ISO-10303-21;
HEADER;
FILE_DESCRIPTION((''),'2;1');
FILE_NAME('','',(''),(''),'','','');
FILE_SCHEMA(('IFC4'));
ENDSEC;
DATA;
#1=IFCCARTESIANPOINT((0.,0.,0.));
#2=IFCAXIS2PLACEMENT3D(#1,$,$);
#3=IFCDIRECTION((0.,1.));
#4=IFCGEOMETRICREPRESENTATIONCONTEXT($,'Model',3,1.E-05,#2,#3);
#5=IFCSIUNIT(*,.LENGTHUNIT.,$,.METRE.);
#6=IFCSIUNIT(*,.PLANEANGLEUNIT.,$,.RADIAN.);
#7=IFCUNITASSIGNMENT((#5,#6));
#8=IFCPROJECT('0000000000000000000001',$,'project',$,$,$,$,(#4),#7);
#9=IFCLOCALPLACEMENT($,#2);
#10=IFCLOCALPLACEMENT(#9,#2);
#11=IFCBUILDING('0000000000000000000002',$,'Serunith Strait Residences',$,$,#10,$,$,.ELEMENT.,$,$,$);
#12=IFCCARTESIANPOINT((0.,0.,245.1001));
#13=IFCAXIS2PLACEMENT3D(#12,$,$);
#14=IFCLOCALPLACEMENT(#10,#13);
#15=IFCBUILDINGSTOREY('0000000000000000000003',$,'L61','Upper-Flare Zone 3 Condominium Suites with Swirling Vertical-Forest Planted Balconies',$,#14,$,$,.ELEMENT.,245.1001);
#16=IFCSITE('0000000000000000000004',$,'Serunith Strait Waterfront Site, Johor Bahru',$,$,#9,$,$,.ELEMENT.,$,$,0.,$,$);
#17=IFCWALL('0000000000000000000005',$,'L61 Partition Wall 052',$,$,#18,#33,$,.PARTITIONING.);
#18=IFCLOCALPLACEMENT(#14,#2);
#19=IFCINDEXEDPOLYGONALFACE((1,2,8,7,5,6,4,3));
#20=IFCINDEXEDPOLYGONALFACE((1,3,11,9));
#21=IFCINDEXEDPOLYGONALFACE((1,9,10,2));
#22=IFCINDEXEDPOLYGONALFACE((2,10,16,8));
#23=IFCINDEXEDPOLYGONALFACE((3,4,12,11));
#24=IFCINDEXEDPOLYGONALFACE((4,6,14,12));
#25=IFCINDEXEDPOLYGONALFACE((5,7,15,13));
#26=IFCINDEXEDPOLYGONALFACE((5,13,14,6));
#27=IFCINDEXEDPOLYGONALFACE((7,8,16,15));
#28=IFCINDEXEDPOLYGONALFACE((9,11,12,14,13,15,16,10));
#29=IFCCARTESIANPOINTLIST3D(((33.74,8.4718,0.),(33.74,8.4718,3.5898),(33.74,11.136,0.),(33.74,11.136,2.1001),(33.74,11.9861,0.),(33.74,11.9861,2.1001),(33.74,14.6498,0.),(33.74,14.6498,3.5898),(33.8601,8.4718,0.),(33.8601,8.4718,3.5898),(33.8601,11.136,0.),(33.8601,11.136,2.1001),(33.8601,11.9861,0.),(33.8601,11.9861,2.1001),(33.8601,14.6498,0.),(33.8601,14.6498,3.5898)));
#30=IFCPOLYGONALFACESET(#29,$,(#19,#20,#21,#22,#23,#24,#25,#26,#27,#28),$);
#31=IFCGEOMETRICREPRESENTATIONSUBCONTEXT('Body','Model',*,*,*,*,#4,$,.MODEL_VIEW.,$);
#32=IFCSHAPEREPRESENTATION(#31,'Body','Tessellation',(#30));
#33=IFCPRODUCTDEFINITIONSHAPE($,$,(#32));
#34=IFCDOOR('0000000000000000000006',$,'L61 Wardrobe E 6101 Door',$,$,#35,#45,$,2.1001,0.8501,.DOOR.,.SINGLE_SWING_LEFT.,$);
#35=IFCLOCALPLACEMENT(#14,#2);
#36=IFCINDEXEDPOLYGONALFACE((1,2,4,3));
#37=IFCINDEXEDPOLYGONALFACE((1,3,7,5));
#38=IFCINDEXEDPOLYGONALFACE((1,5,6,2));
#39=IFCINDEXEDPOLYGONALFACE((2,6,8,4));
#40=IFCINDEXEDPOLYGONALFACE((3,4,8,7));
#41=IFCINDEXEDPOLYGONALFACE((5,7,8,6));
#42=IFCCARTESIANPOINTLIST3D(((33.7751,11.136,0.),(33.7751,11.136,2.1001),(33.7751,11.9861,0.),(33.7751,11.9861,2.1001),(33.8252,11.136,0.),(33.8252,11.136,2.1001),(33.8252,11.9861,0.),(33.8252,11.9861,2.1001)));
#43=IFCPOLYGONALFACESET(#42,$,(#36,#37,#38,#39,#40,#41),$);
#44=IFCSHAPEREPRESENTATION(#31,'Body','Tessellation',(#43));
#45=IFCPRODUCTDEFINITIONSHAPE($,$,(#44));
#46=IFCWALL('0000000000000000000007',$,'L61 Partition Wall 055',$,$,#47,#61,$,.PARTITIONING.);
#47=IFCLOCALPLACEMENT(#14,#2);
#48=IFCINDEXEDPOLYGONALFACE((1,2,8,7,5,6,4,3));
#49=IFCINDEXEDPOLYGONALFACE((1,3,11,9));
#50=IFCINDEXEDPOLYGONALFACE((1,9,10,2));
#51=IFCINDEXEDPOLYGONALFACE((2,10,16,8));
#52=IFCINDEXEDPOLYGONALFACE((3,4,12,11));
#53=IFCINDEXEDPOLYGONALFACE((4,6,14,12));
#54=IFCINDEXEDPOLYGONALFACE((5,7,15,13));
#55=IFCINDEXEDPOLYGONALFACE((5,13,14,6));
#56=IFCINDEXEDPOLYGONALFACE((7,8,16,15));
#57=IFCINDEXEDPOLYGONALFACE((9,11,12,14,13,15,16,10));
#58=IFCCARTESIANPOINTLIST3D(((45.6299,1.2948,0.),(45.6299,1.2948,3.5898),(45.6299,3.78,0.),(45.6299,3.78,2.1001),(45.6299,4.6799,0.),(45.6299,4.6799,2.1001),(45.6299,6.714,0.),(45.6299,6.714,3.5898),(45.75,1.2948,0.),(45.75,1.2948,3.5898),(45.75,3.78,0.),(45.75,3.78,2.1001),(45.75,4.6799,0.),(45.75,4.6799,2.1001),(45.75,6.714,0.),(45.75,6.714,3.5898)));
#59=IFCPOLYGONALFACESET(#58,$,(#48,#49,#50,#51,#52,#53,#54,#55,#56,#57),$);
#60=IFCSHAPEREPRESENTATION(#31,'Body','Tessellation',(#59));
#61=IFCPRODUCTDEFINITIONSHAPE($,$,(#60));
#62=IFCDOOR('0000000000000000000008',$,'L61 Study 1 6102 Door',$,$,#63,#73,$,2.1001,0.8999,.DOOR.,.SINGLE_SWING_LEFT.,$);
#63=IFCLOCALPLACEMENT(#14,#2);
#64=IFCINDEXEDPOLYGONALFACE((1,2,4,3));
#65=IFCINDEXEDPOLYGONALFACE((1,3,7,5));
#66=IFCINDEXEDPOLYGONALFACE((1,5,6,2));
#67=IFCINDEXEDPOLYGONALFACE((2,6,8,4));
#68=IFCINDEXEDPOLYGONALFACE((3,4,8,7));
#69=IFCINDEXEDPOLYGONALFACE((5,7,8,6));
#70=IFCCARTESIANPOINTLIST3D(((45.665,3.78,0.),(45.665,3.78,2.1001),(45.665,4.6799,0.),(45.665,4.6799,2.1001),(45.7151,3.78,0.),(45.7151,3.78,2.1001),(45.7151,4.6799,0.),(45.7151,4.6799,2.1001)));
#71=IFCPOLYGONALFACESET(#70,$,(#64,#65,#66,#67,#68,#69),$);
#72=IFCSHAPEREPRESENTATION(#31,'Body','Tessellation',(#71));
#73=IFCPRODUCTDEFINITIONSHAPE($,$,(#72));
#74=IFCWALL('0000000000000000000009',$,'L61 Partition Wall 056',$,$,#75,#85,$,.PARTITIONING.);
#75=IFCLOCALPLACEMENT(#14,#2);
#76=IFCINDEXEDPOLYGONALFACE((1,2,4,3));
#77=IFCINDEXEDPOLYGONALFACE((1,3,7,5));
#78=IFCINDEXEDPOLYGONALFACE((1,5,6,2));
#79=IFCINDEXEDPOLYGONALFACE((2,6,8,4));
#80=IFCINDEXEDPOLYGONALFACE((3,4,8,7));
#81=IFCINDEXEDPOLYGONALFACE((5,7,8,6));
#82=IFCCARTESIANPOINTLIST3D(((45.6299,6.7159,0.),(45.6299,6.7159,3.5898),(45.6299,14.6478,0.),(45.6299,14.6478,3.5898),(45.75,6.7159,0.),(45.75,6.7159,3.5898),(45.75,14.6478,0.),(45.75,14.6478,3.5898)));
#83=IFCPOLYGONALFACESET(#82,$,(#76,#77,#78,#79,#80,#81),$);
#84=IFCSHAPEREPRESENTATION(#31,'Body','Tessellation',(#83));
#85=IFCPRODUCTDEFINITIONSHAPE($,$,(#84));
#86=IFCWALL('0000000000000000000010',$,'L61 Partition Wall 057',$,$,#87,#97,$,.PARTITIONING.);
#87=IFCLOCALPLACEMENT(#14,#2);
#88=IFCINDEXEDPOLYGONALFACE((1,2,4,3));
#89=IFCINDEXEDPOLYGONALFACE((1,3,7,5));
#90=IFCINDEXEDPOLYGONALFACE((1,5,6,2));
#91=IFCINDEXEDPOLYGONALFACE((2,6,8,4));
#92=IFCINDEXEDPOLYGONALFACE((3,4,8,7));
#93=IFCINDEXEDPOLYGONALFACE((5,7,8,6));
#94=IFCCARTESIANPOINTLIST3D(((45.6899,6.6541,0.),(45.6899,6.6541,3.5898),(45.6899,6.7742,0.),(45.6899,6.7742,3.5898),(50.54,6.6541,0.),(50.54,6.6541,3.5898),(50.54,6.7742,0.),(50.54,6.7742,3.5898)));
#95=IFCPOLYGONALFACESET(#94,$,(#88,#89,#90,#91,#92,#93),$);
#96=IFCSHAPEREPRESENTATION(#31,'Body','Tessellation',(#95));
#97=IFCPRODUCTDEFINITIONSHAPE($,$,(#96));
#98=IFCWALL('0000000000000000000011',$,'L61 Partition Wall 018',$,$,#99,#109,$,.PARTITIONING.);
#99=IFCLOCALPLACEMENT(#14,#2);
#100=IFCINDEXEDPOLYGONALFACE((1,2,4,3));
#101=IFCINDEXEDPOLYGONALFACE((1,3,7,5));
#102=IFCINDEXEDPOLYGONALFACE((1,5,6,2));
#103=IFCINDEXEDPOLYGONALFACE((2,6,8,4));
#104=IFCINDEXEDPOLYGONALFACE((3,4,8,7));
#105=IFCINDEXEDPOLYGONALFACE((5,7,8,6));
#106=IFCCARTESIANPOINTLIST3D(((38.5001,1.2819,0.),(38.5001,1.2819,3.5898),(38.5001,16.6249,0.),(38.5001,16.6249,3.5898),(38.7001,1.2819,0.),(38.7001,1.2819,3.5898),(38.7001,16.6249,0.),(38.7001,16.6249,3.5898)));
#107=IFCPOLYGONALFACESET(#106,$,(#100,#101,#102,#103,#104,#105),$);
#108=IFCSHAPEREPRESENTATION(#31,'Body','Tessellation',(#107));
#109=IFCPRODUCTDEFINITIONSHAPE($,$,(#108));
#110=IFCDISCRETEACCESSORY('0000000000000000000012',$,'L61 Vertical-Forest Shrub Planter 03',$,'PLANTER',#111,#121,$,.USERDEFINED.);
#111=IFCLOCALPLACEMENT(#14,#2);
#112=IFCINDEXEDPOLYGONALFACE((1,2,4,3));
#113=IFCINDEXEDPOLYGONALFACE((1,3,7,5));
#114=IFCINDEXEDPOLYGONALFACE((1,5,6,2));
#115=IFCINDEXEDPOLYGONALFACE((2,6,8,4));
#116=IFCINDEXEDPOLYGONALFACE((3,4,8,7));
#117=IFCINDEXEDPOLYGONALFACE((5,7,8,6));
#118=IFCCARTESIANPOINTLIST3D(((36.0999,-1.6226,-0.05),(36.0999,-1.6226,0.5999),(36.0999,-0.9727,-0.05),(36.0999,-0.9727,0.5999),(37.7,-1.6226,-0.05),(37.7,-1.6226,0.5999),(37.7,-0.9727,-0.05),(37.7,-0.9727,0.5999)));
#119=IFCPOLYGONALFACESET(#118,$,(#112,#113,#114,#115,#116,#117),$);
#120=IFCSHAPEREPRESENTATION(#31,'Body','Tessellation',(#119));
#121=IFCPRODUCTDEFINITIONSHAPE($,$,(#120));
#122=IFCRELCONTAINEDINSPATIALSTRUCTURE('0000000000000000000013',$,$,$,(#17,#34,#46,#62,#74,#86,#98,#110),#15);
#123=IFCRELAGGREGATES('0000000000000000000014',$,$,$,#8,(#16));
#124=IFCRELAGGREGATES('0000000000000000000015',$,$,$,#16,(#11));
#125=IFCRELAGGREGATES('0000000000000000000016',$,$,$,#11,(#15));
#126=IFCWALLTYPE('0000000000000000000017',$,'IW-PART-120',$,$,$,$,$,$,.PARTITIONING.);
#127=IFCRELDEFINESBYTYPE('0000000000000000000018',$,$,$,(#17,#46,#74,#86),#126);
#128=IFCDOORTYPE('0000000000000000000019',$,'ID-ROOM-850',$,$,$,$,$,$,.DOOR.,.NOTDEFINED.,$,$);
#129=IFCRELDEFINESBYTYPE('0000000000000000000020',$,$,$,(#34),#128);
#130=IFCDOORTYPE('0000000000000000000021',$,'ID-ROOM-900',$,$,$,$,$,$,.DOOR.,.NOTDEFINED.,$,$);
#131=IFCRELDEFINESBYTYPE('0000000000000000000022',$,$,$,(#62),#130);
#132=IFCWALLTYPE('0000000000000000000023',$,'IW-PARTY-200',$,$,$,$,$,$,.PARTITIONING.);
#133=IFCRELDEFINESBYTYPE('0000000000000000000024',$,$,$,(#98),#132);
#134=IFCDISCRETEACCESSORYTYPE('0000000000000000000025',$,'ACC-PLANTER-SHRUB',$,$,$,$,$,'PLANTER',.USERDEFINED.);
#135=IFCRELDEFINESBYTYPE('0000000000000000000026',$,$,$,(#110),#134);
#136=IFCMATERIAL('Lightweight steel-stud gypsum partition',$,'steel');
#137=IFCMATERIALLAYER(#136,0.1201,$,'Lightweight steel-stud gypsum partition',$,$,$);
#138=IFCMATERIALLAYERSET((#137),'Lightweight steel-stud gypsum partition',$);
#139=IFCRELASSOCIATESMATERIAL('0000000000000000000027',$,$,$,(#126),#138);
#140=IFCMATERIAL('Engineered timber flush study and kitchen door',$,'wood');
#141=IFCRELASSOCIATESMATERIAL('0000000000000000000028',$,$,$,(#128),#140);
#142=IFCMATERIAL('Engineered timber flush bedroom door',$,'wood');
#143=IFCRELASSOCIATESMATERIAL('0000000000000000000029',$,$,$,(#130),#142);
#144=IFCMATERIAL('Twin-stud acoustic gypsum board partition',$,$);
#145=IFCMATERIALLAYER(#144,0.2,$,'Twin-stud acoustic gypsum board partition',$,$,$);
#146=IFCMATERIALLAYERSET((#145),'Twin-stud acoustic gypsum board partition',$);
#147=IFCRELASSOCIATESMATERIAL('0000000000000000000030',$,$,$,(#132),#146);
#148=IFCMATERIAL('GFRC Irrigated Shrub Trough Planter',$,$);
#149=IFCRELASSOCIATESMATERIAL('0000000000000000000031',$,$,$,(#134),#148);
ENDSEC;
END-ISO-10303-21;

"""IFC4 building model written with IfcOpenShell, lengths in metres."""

from ifc_helpers import new_model, si_unit, direction, frame, frame_2d, origin, origin_2d, place, context, subcontext, project, spatial, rectangle, extrude, source, transform, mapped, material, layer, layer_set, type_object, element, fill, save


model = new_model("IFC4")

# Units and contexts
model_context = context("Model", 3, precision=1e-05, world=origin(), true_north=direction((0.0, 1.0)))
body_context = subcontext(model_context, "Body", "Model", "MODEL_VIEW")
ifc_project = project(units=[si_unit("LENGTHUNIT", "METRE"), si_unit("PLANEANGLEUNIT", "RADIAN")], contexts=[model_context])

# Site, building, storey
site_placement = place(None, origin())
site = spatial("IfcSite", under=ifc_project, at=site_placement, Name="Serunith Strait Waterfront Site, Johor Bahru", CompositionType="ELEMENT", RefElevation=0.0)
building_placement = place(site_placement, origin())
building = spatial("IfcBuilding", under=site, at=building_placement, Name="Serunith Strait Residences", CompositionType="ELEMENT")
storey_placement = place(building_placement, frame((0.0, 0.0, 245.1001)))
storey = spatial("IfcBuildingStorey", under=building, at=storey_placement, Name="L61", Description="Upper-Flare Zone 3 Condominium Suites with Swirling Vertical-Forest Planted Balconies", CompositionType="ELEMENT", Elevation=245.1001)

# Shared definitions
ifc_material_1 = material(Name="Lightweight steel-stud gypsum partition", Category="steel")
ifc_layer_1 = layer(ifc_material_1, 0.1201, Name="Lightweight steel-stud gypsum partition")
ifc_layer_set_1 = layer_set([ifc_layer_1], Name="Lightweight steel-stud gypsum partition")
wall_type_1 = type_object("IfcWallType", Name="IW-PART-120", PredefinedType="PARTITIONING", material=ifc_layer_set_1)

# Walls, openings, doors
shared_shape_1 = source(origin(), body_context, "Body", "SweptSolid", [
    extrude(rectangle(XDim=0.8501, YDim=2.1001, at=frame_2d((0.425, 1.05))), frame((0.0, 0.0249, 0.0), z_axis=(0.0, -1.0, 0.0), x_axis=(1.0, 0.0, 0.0)), (0.0, 0.0, 1.0), 0.05),
])
wall_1_placement = place(storey_placement, frame((33.8, 8.4719, 0.0), z_axis=(0.0, 0.0, 1.0), x_axis=(0.0, 1.0, 0.0)))
wall_1 = element("IfcWall", 1, at=wall_1_placement, inside=storey, type_object=wall_type_1, Name="L61 Partition Wall 052", PredefinedType="PARTITIONING", context=body_context, shape_type="SweptSolid", body=[
    extrude(rectangle(XDim=6.178, YDim=0.1201, at=frame_2d((3.0889, 0.0))), origin(), (0.0, 0.0, 1.0), 3.5898),
])
opening_1_placement = place(wall_1_placement, frame((2.6641, 0.0, 0.0)))
opening_1 = element("IfcOpeningElement", 2, at=opening_1_placement, cuts=wall_1, PredefinedType="OPENING", context=body_context, shape_type="SweptSolid", body=[
    extrude(rectangle(XDim=0.8501, YDim=2.1001, at=frame_2d((0.425, 1.05))), frame((0.0, 0.0701, 0.0), z_axis=(0.0, -1.0, 0.0), x_axis=(1.0, 0.0, 0.0)), (0.0, 0.0, 1.0), 0.1401),
])
ifc_material_2 = material(Name="Engineered timber flush study and kitchen door", Category="wood")
door_type_1 = type_object("IfcDoorType", Name="ID-ROOM-850", OperationType="NOTDEFINED", PredefinedType="DOOR", material=ifc_material_2)
door_1_placement = place(opening_1_placement, origin())
door_1 = element("IfcDoor", 3, at=door_1_placement, inside=storey, type_object=door_type_1, Name="L61 Wardrobe E 6101 Door", OperationType="SINGLE_SWING_LEFT", OverallHeight=2.1001, OverallWidth=0.8501, PredefinedType="DOOR", context=body_context, shape_type="MappedRepresentation", body=[
    mapped(shared_shape_1, transform((0.0, 0.0, 0.0), scale=1.0)),
])
fill(opening_1, door_1)
wall_2_placement = place(storey_placement, frame((45.6899, 1.2949, 0.0), z_axis=(0.0, 0.0, 1.0), x_axis=(0.0, 1.0, 0.0)))
wall_2 = element("IfcWall", 4, at=wall_2_placement, inside=storey, type_object=wall_type_1, Name="L61 Partition Wall 055", PredefinedType="PARTITIONING", context=body_context, shape_type="SweptSolid", body=[
    extrude(rectangle(XDim=5.4192, YDim=0.1201, at=frame_2d((2.7095, 0.0))), origin(), (0.0, 0.0, 1.0), 3.5898),
])
opening_2_placement = place(wall_2_placement, frame((2.4851, 0.0, 0.0)))
opening_2 = element("IfcOpeningElement", 5, at=opening_2_placement, cuts=wall_2, PredefinedType="OPENING", context=body_context, shape_type="SweptSolid", body=[
    extrude(rectangle(XDim=0.8999, YDim=2.1001, at=frame_2d((0.45, 1.05))), frame((0.0, 0.0701, 0.0), z_axis=(0.0, -1.0, 0.0), x_axis=(1.0, 0.0, 0.0)), (0.0, 0.0, 1.0), 0.1401),
])
ifc_material_3 = material(Name="Engineered timber flush bedroom door", Category="wood")
door_type_2 = type_object("IfcDoorType", Name="ID-ROOM-900", OperationType="NOTDEFINED", PredefinedType="DOOR", material=ifc_material_3)
shared_shape_2 = source(origin(), body_context, "Body", "SweptSolid", [
    extrude(rectangle(XDim=0.8999, YDim=2.1001, at=frame_2d((0.45, 1.05))), frame((0.0, 0.0249, 0.0), z_axis=(0.0, -1.0, 0.0), x_axis=(1.0, 0.0, 0.0)), (0.0, 0.0, 1.0), 0.05),
])
door_2_placement = place(opening_2_placement, origin())
door_2 = element("IfcDoor", 6, at=door_2_placement, inside=storey, type_object=door_type_2, Name="L61 Study 1 6102 Door", OperationType="SINGLE_SWING_LEFT", OverallHeight=2.1001, OverallWidth=0.8999, PredefinedType="DOOR", context=body_context, shape_type="MappedRepresentation", body=[
    mapped(shared_shape_2, transform((0.0, 0.0, 0.0), scale=1.0)),
])
fill(opening_2, door_2)

# Walls
wall_3_placement = place(storey_placement, frame((45.6899, 6.7161, 0.0), z_axis=(0.0, 0.0, 1.0), x_axis=(0.0, 1.0, 0.0)))
element("IfcWall", 7, at=wall_3_placement, inside=storey, type_object=wall_type_1, Name="L61 Partition Wall 056", PredefinedType="PARTITIONING", context=body_context, shape_type="SweptSolid", body=[
    extrude(rectangle(XDim=7.9319, YDim=0.1201, at=frame_2d((3.9658, 0.0))), origin(), (0.0, 0.0, 1.0), 3.5898),
])
wall_4_placement = place(storey_placement, frame((45.6899, 6.7141, 0.0), z_axis=(0.0, 0.0, 1.0), x_axis=(1.0, 0.0, 0.0)))
element("IfcWall", 8, at=wall_4_placement, inside=storey, type_object=wall_type_1, Name="L61 Partition Wall 057", PredefinedType="PARTITIONING", context=body_context, shape_type="SweptSolid", body=[
    extrude(rectangle(XDim=4.8501, YDim=0.1201, at=frame_2d((2.425, 0.0))), origin(), (0.0, 0.0, 1.0), 3.5898),
])
ifc_material_4 = material(Name="Twin-stud acoustic gypsum board partition")
ifc_layer_2 = layer(ifc_material_4, 0.2, Name="Twin-stud acoustic gypsum board partition")
ifc_layer_set_2 = layer_set([ifc_layer_2], Name="Twin-stud acoustic gypsum board partition")
wall_type_2 = type_object("IfcWallType", Name="IW-PARTY-200", PredefinedType="PARTITIONING", material=ifc_layer_set_2)
wall_5_placement = place(storey_placement, frame((38.6001, 1.282, 0.0), z_axis=(0.0, 0.0, 1.0), x_axis=(0.0, 1.0, 0.0)))
element("IfcWall", 9, at=wall_5_placement, inside=storey, type_object=wall_type_2, Name="L61 Partition Wall 018", PredefinedType="PARTITIONING", context=body_context, shape_type="SweptSolid", body=[
    extrude(rectangle(XDim=15.343, YDim=0.2, at=frame_2d((7.6714, 0.0))), origin(), (0.0, 0.0, 1.0), 3.5898),
])

# Discrete accessory
ifc_material_5 = material(Name="GFRC Irrigated Shrub Trough Planter")
discrete_accessory_type = type_object("IfcDiscreteAccessoryType", Name="ACC-PLANTER-SHRUB", ElementType="PLANTER", PredefinedType="USERDEFINED", material=ifc_material_5)
shared_shape_3 = source(origin(), body_context, "Body", "SweptSolid", [
    extrude(rectangle(XDim=1.6001, YDim=0.6499, at=origin_2d()), origin(), (0.0, 0.0, 1.0), 0.6499),
])
discrete_accessory_placement = place(storey_placement, frame((36.8999, -1.2976, -0.05), z_axis=(0.0, 0.0, 1.0), x_axis=(1.0, 0.0, 0.0)))
element("IfcDiscreteAccessory", 10, at=discrete_accessory_placement, inside=storey, type_object=discrete_accessory_type, Name="L61 Vertical-Forest Shrub Planter 03", ObjectType="PLANTER", PredefinedType="USERDEFINED", context=body_context, shape_type="MappedRepresentation", body=[
    mapped(shared_shape_3, transform((0.0, 0.0, 0.0), scale=1.0)),
])

save(model, "model.ifc")
